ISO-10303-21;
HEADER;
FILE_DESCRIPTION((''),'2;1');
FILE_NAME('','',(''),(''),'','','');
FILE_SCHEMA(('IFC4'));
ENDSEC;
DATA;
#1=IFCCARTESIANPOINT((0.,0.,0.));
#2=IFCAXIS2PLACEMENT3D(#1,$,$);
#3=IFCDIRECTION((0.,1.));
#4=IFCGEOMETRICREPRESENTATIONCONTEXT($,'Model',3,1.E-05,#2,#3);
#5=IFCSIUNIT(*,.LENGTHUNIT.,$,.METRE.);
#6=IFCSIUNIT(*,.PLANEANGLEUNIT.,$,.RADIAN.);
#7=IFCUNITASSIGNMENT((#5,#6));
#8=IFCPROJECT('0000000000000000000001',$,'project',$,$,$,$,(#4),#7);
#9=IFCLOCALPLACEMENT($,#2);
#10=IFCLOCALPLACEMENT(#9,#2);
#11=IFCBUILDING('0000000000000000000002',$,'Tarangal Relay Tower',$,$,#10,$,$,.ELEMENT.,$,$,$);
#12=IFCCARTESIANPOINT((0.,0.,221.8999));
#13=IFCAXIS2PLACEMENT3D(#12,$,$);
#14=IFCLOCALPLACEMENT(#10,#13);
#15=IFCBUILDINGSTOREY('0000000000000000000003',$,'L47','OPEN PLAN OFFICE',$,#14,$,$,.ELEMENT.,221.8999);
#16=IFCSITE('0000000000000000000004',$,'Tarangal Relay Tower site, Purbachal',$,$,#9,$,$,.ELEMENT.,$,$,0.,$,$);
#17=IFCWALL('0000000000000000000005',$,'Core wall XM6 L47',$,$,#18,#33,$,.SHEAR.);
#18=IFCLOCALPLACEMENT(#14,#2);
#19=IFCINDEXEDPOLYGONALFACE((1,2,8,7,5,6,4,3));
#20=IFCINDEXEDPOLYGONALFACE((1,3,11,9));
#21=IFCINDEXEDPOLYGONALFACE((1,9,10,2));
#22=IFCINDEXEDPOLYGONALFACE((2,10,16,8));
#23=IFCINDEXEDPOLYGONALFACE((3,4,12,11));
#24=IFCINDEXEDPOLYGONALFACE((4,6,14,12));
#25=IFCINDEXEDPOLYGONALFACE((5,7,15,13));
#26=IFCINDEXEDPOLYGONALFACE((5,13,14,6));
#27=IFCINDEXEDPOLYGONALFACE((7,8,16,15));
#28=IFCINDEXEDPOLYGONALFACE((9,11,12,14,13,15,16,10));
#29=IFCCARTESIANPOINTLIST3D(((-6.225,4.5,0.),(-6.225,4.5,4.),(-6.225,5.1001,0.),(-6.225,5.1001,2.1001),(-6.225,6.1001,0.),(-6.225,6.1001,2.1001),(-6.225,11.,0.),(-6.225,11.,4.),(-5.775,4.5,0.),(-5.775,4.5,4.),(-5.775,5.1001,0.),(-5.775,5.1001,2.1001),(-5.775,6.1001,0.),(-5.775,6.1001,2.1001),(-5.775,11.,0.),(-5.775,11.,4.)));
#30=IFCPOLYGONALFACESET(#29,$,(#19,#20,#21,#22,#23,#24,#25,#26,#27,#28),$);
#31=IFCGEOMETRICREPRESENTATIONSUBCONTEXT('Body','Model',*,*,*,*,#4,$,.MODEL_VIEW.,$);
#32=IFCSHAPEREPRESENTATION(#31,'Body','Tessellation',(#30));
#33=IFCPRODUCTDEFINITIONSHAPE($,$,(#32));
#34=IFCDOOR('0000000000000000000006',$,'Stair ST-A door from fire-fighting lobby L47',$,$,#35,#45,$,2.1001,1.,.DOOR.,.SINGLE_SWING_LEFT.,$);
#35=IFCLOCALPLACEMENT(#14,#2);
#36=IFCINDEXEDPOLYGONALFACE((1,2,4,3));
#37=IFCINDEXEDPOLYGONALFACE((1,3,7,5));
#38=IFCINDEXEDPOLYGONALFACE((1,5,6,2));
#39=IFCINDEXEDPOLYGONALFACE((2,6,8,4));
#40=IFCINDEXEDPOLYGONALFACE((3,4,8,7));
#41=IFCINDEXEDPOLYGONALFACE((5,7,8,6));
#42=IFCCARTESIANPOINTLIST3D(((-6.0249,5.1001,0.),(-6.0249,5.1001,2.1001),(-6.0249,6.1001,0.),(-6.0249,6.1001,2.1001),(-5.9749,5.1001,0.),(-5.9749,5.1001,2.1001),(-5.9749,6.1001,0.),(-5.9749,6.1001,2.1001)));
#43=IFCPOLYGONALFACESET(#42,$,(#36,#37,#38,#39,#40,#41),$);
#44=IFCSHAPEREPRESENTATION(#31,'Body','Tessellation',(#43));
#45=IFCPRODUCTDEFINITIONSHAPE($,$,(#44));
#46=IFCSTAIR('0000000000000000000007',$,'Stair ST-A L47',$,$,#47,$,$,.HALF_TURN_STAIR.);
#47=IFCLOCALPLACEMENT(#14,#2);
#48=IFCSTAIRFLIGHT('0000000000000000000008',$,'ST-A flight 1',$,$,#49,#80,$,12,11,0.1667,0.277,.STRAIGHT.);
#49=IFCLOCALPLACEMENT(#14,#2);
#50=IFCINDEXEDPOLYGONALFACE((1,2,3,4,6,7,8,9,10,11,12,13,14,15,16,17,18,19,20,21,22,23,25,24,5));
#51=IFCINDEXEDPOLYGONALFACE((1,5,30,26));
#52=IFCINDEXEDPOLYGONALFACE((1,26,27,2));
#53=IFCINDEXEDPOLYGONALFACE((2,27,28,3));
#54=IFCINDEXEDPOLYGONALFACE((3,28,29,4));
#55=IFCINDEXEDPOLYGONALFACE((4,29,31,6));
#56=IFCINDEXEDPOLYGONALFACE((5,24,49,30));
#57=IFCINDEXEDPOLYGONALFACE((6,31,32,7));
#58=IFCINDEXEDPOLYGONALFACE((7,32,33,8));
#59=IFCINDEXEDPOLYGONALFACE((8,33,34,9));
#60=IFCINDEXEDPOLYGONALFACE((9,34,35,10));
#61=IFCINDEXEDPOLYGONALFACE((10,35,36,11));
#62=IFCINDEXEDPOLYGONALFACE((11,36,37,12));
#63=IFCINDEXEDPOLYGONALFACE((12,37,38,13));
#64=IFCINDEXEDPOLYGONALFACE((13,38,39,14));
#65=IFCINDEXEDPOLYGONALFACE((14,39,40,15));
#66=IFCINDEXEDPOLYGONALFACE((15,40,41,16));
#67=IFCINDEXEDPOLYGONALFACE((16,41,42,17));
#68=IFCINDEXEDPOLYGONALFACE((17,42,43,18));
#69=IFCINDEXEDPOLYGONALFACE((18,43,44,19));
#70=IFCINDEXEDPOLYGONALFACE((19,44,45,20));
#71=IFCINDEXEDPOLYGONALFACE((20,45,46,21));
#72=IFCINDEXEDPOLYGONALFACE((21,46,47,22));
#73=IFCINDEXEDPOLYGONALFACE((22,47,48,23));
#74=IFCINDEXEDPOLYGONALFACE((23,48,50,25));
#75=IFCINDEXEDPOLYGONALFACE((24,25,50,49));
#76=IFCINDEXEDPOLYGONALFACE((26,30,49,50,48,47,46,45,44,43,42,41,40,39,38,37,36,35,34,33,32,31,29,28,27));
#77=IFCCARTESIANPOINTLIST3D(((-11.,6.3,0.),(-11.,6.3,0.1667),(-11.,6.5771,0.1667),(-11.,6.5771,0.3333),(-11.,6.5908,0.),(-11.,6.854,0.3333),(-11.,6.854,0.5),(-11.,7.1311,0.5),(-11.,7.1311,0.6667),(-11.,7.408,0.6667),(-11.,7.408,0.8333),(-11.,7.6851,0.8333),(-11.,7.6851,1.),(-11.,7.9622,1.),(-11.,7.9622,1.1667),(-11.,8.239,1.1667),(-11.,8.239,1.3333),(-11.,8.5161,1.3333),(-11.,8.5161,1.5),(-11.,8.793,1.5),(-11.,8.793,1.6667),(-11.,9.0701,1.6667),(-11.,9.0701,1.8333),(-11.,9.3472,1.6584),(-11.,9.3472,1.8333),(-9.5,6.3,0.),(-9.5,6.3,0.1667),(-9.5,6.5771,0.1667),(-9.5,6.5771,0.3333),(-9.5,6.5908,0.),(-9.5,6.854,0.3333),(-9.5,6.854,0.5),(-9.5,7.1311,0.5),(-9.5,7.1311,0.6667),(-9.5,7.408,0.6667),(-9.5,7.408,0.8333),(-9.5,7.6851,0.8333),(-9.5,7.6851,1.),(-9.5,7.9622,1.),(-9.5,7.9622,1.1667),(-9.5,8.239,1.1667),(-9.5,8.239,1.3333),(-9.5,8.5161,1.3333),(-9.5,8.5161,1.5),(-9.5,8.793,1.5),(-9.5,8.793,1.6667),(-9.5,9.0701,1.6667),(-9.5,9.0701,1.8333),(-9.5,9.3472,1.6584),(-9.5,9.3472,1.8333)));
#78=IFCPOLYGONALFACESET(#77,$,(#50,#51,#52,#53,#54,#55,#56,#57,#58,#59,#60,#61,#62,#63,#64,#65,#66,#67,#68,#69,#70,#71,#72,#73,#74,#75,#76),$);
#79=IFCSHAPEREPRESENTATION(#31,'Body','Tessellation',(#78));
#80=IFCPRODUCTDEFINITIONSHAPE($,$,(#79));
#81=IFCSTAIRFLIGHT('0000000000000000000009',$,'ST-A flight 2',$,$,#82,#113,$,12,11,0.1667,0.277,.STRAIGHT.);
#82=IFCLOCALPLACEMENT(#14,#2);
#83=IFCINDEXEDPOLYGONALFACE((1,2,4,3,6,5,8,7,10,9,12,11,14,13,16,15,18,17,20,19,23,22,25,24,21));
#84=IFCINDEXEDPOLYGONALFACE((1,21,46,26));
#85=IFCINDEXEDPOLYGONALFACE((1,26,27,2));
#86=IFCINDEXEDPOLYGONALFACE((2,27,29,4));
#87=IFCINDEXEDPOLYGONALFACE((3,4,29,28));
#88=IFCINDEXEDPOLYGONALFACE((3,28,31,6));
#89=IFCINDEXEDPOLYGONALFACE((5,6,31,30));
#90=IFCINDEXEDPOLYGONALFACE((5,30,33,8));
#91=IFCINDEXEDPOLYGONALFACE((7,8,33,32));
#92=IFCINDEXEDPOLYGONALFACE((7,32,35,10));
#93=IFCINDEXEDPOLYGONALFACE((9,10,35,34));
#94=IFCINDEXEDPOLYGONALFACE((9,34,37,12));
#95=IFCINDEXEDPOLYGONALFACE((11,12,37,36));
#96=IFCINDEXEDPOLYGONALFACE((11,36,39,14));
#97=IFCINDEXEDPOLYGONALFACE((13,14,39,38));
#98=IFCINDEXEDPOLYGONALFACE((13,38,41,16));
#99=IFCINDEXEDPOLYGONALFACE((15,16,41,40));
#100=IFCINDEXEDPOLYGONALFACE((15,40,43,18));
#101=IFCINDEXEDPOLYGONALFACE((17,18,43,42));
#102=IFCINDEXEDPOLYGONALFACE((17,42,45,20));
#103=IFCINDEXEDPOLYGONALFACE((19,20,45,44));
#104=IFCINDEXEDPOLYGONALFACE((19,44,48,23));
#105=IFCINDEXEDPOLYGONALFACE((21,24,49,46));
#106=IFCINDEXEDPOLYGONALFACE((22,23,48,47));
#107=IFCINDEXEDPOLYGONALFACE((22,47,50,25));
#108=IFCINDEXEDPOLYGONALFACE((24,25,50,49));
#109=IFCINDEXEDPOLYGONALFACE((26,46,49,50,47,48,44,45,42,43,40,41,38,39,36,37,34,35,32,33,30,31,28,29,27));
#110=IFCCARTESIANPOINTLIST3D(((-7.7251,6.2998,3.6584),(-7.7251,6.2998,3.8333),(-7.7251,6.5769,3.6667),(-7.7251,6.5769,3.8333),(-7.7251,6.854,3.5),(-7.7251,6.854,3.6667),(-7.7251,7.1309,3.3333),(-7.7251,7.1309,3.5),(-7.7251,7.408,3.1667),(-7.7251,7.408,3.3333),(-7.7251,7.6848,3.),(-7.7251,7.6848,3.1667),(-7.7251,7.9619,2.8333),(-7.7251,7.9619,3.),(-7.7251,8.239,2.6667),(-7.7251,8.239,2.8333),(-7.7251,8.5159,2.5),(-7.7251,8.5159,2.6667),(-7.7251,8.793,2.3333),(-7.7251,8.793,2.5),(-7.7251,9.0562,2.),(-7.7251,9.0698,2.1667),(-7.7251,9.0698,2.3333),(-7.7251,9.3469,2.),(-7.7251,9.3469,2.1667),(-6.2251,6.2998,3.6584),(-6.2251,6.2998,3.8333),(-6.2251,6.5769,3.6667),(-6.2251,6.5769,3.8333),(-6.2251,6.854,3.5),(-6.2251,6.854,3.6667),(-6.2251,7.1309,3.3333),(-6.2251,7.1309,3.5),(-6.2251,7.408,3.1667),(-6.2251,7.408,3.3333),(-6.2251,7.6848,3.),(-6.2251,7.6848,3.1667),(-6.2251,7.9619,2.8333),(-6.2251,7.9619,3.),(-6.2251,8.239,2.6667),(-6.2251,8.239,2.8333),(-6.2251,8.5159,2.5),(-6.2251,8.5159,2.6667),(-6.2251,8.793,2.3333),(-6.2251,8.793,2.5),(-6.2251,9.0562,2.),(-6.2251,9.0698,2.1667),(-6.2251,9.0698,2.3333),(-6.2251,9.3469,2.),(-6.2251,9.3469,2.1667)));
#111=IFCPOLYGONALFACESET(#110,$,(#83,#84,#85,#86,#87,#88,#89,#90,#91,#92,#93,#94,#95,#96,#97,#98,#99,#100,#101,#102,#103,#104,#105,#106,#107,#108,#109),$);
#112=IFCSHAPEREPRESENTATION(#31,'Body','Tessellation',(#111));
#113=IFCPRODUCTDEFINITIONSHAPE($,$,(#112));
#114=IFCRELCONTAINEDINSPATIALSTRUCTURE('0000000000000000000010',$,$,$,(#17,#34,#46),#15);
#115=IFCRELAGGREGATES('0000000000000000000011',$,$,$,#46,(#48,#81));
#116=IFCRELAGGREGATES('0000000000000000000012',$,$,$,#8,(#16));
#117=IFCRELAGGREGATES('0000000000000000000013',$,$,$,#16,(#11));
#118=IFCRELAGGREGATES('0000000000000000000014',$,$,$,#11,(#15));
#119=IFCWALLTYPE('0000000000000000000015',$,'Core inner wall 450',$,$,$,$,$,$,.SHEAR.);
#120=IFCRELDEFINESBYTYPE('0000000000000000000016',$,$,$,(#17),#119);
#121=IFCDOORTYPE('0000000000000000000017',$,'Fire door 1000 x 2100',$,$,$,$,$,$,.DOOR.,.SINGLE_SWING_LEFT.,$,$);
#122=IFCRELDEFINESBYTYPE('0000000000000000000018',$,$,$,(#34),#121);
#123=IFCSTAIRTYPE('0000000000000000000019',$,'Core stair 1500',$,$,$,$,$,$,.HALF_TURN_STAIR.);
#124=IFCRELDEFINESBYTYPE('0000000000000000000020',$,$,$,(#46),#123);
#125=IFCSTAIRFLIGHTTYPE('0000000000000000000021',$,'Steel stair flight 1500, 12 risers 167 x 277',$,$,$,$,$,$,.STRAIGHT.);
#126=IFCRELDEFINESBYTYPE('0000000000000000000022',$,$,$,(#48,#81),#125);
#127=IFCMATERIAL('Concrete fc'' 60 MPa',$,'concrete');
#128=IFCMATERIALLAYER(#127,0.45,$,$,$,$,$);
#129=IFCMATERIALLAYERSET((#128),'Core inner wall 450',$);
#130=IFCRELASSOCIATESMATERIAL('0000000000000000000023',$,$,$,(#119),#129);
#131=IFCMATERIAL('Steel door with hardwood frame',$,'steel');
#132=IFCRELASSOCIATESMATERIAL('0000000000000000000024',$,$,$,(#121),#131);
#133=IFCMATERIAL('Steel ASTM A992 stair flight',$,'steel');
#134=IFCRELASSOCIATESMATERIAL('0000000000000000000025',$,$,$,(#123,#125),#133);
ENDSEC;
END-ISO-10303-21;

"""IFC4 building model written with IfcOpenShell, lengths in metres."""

from ifc_helpers import new_model, si_unit, direction, frame, frame_2d, origin, place, context, subcontext, project, spatial, polyline, rectangle, outline, extrude, material, layer, layer_set, type_object, element, fill, aggregate, save


model = new_model("IFC4")

# Units and contexts
model_context = context("Model", 3, precision=1e-05, world=origin(), true_north=direction((0.0, 1.0)))
body_context = subcontext(model_context, "Body", "Model", "MODEL_VIEW")
ifc_project = project(units=[si_unit("LENGTHUNIT", "METRE"), si_unit("PLANEANGLEUNIT", "RADIAN")], contexts=[model_context])

# Site, building, storey
site_placement = place(None, origin())
site = spatial("IfcSite", under=ifc_project, at=site_placement, Name="Tarangal Relay Tower site, Purbachal", CompositionType="ELEMENT", RefElevation=0.0)
building_placement = place(site_placement, origin())
building = spatial("IfcBuilding", under=site, at=building_placement, Name="Tarangal Relay Tower", CompositionType="ELEMENT")
storey_placement = place(building_placement, frame((0.0, 0.0, 221.8999)))
storey = spatial("IfcBuildingStorey", under=building, at=storey_placement, Name="L47", Description="OPEN PLAN OFFICE", CompositionType="ELEMENT", Elevation=221.8999)

# Shared definitions
ifc_material_1 = material(Name="Concrete fc' 60 MPa", Category="concrete")
ifc_layer = layer(ifc_material_1, 0.45)
ifc_layer_set = layer_set([ifc_layer], Name="Core inner wall 450")
wall_type = type_object("IfcWallType", Name="Core inner wall 450", PredefinedType="SHEAR", material=ifc_layer_set)
ifc_material_2 = material(Name="Steel door with hardwood frame", Category="steel")
door_type_1 = type_object("IfcDoorType", Name="Fire door 1000 x 2100", OperationType="SINGLE_SWING_LEFT", PredefinedType="DOOR", material=ifc_material_2)

# Wall, opening, door
wall_1_placement = place(storey_placement, frame((-6.0, 4.5, 0.0), z_axis=(0.0, 0.0, 1.0), x_axis=(0.0, 1.0, 0.0)))
wall_1 = element("IfcWall", 1, at=wall_1_placement, inside=storey, type_object=wall_type, Name="Core wall XM6 L47", PredefinedType="SHEAR", context=body_context, shape_type="SweptSolid", body=[
    extrude(rectangle(XDim=6.5, YDim=0.45, at=frame_2d((3.25, 0.0))), origin(), (0.0, 0.0, 1.0), 4.0),
])
opening_1_placement = place(wall_1_placement, frame((0.6001, 0.0, 0.0)))
opening_1 = element("IfcOpeningElement", 2, at=opening_1_placement, cuts=wall_1, PredefinedType="OPENING", context=body_context, shape_type="SweptSolid", body=[
    extrude(rectangle(XDim=1.0, YDim=2.1001, at=frame_2d((0.5, 1.05))), frame((0.0, 0.2349, 0.0), z_axis=(0.0, -1.0, 0.0), x_axis=(1.0, 0.0, 0.0)), (0.0, 0.0, 1.0), 0.47),
])
door_1_placement = place(opening_1_placement, origin())
door_1 = element("IfcDoor", 3, at=door_1_placement, inside=storey, type_object=door_type_1, Name="Stair ST-A door from fire-fighting lobby L47", OperationType="SINGLE_SWING_LEFT", OverallHeight=2.1001, OverallWidth=1.0, PredefinedType="DOOR", context=body_context, shape_type="SweptSolid", body=[
    extrude(rectangle(XDim=1.0, YDim=2.1001, at=frame_2d((0.5, 1.05))), frame((0.0, 0.0249, 0.0), z_axis=(0.0, -1.0, 0.0), x_axis=(1.0, 0.0, 0.0)), (0.0, 0.0, 1.0), 0.05),
])
fill(opening_1, door_1)

# Stair, stair flights
ifc_material_3 = material(Name="Steel ASTM A992 stair flight", Category="steel")
stair_type = type_object("IfcStairType", Name="Core stair 1500", PredefinedType="HALF_TURN_STAIR", material=ifc_material_3)
stair_placement = place(storey_placement, origin())
stair = element("IfcStair", 4, at=stair_placement, inside=storey, type_object=stair_type, Name="Stair ST-A L47", PredefinedType="HALF_TURN_STAIR")
stair_flight_type = type_object("IfcStairFlightType", Name="Steel stair flight 1500, 12 risers 167 x 277", PredefinedType="STRAIGHT", material=ifc_material_3)
stair_flight_1_placement = place(storey_placement, frame((-10.25, 6.3, 0.0), z_axis=(0.0, 0.0, 1.0), x_axis=(0.0, 1.0, 0.0)))
stair_flight_1 = element("IfcStairFlight", 5, at=stair_flight_1_placement, type_object=stair_flight_type, Name="ST-A flight 1", NumberOfRisers=12, NumberOfTreads=11, PredefinedType="STRAIGHT", RiserHeight=0.1667, TreadLength=0.277, context=body_context, shape_type="SweptSolid", body=[
    extrude(outline(polyline([(0.0, 0.0), (0.0, 0.1667), (0.2771, 0.1667), (0.2771, 0.3333), (0.554, 0.3333), (0.554, 0.5), (0.8311, 0.5), (0.8311, 0.6667), (1.1079, 0.6667), (1.1079, 0.8333), (1.385, 0.8333), (1.385, 1.0), (1.6621, 1.0), (1.6621, 1.1667), (1.939, 1.1667), (1.939, 1.3333), (2.2161, 1.3333), (2.2161, 1.5), (2.4929, 1.5), (2.4929, 1.6667), (2.77, 1.6667), (2.77, 1.8333), (3.0471, 1.8333), (3.0471, 2.0), (3.0471, 1.6584), (0.2908, 0.0), (0.0, 0.0)])), frame((0.0, 0.75, 0.0), z_axis=(0.0, -1.0, 0.0), x_axis=(1.0, 0.0, 0.0)), (0.0, 0.0, 1.0), 1.5),
])
stair_flight_2_placement = place(storey_placement, frame((-6.9751, 9.3469, 2.0), z_axis=(0.0, 0.0, 1.0), x_axis=(0.0, -1.0, 0.0)))
stair_flight_2 = element("IfcStairFlight", 6, at=stair_flight_2_placement, type_object=stair_flight_type, Name="ST-A flight 2", NumberOfRisers=12, NumberOfTreads=11, PredefinedType="STRAIGHT", RiserHeight=0.1667, TreadLength=0.277, context=body_context, shape_type="SweptSolid", body=[
    extrude(outline(polyline([(0.0, 0.0), (0.0, 0.1667), (0.2771, 0.1667), (0.2771, 0.3333), (0.554, 0.3333), (0.554, 0.5), (0.8311, 0.5), (0.8311, 0.6667), (1.1079, 0.6667), (1.1079, 0.8333), (1.385, 0.8333), (1.385, 1.0), (1.6621, 1.0), (1.6621, 1.1667), (1.939, 1.1667), (1.939, 1.3333), (2.2161, 1.3333), (2.2161, 1.5), (2.4929, 1.5), (2.4929, 1.6667), (2.77, 1.6667), (2.77, 1.8333), (3.0471, 1.8333), (3.0471, 2.0), (3.0471, 1.6584), (0.2908, 0.0), (0.0, 0.0)])), frame((0.0, 0.75, 0.0), z_axis=(0.0, -1.0, 0.0), x_axis=(1.0, 0.0, 0.0)), (0.0, 0.0, 1.0), 1.5),
])
aggregate(stair, [stair_flight_1, stair_flight_2])

save(model, "model.ifc")
